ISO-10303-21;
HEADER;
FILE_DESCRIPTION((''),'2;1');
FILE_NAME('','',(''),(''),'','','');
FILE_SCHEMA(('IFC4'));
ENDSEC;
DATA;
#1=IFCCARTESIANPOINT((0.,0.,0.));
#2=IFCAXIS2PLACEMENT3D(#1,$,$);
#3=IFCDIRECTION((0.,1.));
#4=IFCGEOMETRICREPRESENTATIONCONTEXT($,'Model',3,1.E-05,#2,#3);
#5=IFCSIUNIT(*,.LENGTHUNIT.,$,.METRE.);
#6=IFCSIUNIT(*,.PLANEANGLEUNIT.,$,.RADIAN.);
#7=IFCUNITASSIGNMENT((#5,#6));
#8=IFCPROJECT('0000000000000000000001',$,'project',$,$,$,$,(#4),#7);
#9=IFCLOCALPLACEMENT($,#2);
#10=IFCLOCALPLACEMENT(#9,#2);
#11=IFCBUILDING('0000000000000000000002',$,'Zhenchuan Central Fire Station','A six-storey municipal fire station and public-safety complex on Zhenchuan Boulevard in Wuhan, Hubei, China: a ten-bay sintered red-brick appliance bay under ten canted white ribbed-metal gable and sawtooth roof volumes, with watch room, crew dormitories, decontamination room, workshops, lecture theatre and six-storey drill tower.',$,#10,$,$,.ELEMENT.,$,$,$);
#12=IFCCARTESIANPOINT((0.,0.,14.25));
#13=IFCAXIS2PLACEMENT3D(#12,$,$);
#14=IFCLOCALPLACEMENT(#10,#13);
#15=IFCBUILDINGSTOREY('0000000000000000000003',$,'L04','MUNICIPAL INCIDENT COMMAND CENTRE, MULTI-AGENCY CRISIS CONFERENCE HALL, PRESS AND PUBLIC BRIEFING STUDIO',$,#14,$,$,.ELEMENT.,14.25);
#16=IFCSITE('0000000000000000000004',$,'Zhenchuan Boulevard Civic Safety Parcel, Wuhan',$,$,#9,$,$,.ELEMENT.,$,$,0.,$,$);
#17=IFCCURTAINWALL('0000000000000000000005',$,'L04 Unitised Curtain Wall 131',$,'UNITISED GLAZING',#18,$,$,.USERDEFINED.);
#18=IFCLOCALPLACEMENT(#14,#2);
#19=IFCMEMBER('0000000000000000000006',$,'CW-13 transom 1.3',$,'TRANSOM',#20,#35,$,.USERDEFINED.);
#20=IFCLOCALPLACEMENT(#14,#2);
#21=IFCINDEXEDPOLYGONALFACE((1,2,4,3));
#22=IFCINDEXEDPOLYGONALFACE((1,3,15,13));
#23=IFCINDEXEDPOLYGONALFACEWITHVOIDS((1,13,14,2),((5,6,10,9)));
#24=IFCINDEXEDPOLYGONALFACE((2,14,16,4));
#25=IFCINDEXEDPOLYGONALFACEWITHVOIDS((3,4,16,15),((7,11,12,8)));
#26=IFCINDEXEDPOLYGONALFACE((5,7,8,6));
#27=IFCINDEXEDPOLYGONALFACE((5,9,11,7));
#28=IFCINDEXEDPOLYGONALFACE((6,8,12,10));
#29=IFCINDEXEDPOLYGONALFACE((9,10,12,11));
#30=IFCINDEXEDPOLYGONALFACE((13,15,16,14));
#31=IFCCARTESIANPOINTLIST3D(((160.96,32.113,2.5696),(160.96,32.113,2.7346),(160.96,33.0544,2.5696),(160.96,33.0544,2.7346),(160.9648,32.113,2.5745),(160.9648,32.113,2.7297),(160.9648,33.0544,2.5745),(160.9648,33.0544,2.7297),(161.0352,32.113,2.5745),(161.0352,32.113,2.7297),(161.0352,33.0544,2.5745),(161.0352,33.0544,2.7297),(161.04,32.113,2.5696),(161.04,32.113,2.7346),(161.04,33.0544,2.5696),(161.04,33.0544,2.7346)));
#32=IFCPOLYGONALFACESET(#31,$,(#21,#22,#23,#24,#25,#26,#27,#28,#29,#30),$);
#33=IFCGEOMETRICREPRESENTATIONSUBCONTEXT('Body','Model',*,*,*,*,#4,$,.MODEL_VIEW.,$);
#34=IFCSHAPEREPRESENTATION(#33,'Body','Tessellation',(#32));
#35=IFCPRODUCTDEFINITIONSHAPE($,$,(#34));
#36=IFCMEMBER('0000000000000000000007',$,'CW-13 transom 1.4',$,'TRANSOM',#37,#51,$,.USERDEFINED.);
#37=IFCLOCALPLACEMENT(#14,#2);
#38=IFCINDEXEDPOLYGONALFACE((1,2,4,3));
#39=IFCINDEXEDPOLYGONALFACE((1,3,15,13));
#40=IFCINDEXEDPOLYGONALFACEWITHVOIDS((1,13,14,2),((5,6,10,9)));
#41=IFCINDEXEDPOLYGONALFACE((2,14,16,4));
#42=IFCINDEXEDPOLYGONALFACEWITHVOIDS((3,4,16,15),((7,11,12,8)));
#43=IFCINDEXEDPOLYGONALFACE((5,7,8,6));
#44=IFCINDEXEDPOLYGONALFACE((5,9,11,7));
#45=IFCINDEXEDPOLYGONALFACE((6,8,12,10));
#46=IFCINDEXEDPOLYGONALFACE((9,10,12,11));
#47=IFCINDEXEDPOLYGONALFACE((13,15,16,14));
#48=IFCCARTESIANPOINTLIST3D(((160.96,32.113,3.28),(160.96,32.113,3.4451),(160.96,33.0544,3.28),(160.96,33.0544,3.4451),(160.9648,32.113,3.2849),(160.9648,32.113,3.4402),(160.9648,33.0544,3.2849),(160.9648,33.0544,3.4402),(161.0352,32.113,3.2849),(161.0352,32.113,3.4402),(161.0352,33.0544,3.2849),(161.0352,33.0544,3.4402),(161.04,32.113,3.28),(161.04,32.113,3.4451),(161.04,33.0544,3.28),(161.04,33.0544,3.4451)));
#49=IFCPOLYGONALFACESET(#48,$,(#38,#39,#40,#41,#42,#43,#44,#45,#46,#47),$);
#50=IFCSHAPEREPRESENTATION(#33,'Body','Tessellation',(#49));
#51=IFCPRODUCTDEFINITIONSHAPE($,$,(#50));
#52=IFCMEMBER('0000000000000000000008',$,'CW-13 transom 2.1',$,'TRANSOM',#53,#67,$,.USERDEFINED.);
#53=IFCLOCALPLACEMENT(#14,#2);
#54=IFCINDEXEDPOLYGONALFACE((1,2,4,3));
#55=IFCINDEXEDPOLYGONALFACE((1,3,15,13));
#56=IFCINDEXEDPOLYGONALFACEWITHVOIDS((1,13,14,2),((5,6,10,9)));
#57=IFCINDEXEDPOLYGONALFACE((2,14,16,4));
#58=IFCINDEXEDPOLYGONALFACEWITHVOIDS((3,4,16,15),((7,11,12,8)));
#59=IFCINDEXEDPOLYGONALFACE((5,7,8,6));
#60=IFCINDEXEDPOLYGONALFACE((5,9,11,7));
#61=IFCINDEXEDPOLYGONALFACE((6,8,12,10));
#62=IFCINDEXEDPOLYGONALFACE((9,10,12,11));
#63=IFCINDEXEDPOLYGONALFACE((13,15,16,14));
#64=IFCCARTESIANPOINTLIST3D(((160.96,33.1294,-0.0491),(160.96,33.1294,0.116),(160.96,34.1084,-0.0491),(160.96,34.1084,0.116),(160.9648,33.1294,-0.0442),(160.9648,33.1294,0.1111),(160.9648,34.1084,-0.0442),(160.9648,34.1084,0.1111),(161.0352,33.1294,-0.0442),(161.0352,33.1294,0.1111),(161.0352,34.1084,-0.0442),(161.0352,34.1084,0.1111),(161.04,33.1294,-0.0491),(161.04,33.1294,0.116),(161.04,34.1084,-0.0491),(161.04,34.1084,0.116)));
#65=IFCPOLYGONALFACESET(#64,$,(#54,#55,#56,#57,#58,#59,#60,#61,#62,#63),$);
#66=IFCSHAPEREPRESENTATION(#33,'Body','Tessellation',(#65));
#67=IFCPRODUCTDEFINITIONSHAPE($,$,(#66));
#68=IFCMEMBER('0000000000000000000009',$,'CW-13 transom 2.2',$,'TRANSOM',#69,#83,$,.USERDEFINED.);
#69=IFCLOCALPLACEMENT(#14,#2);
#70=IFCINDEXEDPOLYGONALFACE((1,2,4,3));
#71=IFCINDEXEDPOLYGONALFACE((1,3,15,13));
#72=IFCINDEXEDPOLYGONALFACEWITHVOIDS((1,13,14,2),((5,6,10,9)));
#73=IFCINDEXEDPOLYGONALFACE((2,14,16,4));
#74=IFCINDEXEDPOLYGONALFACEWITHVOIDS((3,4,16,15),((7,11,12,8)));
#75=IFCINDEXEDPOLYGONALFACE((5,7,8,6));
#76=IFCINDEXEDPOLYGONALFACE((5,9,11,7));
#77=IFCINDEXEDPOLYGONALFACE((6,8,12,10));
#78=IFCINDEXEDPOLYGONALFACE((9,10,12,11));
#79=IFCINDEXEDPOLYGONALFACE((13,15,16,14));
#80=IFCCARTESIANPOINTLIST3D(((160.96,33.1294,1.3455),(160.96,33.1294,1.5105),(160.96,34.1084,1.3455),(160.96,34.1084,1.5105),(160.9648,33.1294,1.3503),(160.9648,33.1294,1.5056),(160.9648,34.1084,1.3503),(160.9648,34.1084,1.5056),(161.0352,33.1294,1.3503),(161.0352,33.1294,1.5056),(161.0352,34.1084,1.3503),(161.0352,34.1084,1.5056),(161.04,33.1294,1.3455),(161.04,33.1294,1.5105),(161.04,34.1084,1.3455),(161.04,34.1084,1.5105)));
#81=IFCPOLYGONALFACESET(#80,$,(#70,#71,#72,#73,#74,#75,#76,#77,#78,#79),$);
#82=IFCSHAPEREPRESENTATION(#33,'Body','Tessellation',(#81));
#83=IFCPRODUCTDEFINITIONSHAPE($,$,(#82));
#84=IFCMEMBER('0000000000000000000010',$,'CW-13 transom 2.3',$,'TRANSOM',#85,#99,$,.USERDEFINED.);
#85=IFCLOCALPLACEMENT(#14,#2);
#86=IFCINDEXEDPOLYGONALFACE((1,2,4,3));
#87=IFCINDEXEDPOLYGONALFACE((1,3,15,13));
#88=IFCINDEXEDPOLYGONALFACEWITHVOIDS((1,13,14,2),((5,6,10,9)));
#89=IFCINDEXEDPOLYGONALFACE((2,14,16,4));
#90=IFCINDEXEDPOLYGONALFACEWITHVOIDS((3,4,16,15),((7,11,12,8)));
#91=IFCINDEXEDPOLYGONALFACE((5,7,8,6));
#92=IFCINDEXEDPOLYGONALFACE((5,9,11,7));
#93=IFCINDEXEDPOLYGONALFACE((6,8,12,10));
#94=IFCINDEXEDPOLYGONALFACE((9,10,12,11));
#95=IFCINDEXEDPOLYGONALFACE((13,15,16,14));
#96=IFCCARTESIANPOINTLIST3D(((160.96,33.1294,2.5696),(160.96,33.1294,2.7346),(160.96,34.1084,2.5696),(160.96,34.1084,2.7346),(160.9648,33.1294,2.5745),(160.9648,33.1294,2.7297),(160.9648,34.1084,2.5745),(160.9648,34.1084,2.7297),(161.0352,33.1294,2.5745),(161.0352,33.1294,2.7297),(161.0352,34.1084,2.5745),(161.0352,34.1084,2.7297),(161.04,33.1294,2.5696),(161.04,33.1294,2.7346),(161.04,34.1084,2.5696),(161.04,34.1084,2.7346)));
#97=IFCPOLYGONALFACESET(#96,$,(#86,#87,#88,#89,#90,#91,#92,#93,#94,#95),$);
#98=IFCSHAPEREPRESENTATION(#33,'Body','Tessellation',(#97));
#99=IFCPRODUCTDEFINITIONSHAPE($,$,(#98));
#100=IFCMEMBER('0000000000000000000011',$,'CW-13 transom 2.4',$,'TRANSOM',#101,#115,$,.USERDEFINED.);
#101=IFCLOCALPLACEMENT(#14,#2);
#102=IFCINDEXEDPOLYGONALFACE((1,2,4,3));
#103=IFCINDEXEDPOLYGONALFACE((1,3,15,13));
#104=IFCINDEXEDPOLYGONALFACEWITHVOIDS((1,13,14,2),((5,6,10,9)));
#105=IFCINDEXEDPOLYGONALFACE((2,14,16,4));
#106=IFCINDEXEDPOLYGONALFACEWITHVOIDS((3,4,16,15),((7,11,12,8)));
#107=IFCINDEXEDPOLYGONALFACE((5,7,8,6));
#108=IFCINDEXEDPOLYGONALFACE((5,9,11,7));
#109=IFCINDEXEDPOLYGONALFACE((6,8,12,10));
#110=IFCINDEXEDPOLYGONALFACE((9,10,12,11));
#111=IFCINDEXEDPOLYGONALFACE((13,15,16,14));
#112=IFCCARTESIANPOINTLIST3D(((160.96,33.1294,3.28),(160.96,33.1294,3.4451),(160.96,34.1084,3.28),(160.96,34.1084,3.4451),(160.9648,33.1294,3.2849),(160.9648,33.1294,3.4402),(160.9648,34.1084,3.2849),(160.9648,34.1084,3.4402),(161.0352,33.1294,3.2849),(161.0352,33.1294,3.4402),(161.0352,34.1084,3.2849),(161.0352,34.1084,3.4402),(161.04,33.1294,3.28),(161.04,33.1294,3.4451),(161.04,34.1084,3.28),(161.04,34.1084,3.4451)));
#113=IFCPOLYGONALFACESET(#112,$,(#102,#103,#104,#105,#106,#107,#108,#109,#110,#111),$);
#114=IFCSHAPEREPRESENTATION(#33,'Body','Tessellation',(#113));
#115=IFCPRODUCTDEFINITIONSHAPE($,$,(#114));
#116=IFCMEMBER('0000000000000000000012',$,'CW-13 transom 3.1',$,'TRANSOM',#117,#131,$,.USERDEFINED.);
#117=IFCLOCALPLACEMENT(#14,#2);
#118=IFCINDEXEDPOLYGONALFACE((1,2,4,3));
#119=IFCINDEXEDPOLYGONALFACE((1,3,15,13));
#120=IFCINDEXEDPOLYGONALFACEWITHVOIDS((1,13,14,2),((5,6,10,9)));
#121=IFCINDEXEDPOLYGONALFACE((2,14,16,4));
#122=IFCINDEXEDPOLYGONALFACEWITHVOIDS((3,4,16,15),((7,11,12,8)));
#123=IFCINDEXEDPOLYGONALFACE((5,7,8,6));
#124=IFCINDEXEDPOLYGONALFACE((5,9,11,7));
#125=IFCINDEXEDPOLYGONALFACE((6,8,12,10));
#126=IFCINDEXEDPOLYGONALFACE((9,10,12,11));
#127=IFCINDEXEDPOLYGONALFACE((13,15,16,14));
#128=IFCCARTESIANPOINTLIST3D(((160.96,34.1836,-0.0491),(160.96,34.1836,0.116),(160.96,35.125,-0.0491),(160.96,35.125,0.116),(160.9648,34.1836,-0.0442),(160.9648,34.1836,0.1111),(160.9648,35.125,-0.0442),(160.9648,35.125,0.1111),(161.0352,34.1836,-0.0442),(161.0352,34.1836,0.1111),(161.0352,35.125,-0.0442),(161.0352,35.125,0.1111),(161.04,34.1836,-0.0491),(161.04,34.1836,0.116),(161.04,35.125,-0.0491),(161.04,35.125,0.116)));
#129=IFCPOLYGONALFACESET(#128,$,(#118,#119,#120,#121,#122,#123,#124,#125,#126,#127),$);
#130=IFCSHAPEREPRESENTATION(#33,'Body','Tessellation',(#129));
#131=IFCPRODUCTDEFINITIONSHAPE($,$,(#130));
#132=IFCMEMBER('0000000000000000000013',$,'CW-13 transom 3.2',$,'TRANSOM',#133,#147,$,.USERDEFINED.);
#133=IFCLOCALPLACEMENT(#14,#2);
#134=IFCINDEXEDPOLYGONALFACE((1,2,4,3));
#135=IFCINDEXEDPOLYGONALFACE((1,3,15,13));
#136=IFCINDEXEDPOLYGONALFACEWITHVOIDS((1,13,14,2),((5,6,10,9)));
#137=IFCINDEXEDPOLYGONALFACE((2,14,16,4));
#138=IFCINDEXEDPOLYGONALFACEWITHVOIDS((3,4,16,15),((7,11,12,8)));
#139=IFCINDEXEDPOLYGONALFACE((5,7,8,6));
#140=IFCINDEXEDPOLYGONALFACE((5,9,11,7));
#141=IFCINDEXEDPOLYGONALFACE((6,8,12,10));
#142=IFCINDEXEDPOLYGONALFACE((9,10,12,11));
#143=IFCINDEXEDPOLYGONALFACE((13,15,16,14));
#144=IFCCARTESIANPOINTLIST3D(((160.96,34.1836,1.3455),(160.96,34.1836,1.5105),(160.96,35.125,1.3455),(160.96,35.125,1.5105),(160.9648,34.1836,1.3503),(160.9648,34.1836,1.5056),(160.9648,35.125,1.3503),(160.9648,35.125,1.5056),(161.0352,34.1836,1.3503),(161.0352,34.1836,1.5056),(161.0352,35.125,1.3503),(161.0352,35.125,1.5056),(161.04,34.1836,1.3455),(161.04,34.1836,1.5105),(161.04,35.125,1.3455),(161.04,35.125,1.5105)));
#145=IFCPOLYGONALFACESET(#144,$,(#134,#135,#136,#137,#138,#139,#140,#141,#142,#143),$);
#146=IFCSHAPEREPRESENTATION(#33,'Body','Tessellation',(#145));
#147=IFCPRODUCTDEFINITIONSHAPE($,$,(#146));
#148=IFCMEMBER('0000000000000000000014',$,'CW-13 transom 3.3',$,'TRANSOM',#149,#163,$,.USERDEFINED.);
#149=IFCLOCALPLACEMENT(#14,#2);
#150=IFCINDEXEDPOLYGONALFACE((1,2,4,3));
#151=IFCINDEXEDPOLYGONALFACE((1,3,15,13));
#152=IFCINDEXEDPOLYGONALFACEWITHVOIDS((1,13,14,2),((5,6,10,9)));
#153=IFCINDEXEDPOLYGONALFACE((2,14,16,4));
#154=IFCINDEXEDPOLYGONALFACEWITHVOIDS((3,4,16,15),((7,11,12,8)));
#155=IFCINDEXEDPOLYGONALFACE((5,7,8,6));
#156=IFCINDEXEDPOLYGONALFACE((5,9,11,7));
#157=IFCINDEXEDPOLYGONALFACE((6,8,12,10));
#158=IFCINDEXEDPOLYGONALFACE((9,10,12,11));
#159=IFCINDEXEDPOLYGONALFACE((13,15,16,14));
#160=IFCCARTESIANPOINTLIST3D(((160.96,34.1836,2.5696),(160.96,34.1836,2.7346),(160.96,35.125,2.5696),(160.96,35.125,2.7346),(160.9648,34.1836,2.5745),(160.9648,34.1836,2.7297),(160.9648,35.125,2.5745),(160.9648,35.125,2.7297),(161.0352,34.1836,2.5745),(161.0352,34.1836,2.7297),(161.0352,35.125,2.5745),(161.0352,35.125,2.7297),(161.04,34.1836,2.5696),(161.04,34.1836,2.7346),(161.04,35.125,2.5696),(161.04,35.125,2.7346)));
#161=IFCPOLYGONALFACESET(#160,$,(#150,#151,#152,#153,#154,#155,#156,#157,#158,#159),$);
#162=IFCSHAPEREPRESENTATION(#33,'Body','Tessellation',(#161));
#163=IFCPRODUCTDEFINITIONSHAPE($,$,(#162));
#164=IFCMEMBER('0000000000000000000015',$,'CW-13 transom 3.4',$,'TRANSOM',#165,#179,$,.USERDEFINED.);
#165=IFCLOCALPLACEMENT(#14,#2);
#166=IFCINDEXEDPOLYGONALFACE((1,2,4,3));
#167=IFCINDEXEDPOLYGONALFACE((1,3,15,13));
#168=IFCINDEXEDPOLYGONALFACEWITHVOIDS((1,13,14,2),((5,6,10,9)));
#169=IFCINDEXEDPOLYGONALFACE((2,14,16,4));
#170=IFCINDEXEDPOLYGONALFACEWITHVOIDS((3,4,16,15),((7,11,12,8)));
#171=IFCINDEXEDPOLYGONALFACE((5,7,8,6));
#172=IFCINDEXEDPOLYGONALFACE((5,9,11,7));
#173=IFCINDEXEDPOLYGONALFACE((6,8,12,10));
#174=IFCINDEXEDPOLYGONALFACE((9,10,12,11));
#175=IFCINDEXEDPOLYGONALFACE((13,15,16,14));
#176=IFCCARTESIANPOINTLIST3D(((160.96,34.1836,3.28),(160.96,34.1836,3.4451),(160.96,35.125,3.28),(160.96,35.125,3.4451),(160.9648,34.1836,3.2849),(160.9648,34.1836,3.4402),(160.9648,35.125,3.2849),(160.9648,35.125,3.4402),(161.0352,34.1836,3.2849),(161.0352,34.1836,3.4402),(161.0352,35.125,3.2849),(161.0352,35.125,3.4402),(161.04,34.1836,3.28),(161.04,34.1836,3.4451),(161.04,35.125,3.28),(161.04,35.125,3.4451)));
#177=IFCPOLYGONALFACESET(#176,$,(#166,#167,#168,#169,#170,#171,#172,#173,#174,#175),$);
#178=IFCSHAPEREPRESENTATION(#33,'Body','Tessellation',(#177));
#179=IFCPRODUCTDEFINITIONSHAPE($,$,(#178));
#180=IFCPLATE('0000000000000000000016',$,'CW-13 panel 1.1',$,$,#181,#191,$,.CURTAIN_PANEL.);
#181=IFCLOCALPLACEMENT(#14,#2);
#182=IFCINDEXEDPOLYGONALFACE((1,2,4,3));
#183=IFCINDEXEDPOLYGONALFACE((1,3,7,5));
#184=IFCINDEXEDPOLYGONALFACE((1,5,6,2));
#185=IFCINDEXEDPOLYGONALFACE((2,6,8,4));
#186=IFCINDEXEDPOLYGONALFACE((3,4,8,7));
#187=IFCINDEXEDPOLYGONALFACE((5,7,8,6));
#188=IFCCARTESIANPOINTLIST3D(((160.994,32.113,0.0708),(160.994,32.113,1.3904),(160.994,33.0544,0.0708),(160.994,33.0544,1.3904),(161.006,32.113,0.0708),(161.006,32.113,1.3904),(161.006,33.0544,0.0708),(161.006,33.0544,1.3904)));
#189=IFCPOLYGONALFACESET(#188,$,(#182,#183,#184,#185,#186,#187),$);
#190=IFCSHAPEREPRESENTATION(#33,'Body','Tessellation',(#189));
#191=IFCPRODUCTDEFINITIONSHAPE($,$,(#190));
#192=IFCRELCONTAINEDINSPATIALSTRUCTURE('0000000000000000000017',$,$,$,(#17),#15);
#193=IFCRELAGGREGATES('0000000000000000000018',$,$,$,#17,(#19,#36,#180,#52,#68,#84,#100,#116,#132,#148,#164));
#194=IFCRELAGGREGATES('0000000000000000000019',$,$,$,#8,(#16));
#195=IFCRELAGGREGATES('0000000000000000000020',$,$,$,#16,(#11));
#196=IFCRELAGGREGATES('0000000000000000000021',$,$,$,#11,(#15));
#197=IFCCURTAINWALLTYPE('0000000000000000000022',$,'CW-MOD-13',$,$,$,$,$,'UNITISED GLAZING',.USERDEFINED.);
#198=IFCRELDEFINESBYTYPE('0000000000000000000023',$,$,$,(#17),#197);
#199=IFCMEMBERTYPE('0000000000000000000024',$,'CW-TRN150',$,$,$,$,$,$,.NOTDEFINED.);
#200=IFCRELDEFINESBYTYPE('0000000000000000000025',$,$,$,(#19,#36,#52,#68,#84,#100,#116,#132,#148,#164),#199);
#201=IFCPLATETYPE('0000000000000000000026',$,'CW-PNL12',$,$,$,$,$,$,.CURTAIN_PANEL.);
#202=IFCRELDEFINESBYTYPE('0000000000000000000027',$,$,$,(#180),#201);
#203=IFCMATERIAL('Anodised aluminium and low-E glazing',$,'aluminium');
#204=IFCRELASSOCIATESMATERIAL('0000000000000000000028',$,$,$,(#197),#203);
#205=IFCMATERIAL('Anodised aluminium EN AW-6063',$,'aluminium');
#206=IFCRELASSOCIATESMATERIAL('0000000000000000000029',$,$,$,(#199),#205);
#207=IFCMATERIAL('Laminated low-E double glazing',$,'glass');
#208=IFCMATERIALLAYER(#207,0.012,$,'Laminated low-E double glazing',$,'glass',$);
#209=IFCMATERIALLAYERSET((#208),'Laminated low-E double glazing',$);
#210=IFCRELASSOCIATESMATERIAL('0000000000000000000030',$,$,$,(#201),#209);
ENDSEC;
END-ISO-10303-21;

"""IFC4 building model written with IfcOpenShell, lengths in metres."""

from ifc_helpers import new_model, si_unit, direction, frame, origin, origin_2d, place, context, subcontext, project, spatial, rectangle, hollow_rectangle, extrude, material, layer, layer_set, material_profile, profile_set, type_object, element, aggregate, save


model = new_model("IFC4")

# Units and contexts
model_context = context("Model", 3, precision=1e-05, world=origin(), true_north=direction((0.0, 1.0)))
body_context = subcontext(model_context, "Body", "Model", "MODEL_VIEW")
ifc_project = project(units=[si_unit("LENGTHUNIT", "METRE"), si_unit("PLANEANGLEUNIT", "RADIAN")], contexts=[model_context])

# Site, building, storey
site_placement = place(None, origin())
site = spatial("IfcSite", under=ifc_project, at=site_placement, Name="Zhenchuan Boulevard Civic Safety Parcel, Wuhan", CompositionType="ELEMENT", RefElevation=0.0)
building_placement = place(site_placement, origin())
building = spatial("IfcBuilding", under=site, at=building_placement, Name="Zhenchuan Central Fire Station", Description="A six-storey municipal fire station and public-safety complex on Zhenchuan Boulevard in Wuhan, Hubei, China: a ten-bay sintered red-brick appliance bay under ten canted white ribbed-metal gable and sawtooth roof volumes, with watch room, crew dormitories, decontamination room, workshops, lecture theatre and six-storey drill tower.", CompositionType="ELEMENT")
storey_placement = place(building_placement, frame((0.0, 0.0, 14.25)))
storey = spatial("IfcBuildingStorey", under=building, at=storey_placement, Name="L04", Description="MUNICIPAL INCIDENT COMMAND CENTRE, MULTI-AGENCY CRISIS CONFERENCE HALL, PRESS AND PUBLIC BRIEFING STUDIO", CompositionType="ELEMENT", Elevation=14.25)

# Curtain wall, members, plate
ifc_material_1 = material(Name="Anodised aluminium and low-E glazing", Category="aluminium")
curtain_wall_type = type_object("IfcCurtainWallType", Name="CW-MOD-13", ElementType="UNITISED GLAZING", PredefinedType="USERDEFINED", material=ifc_material_1)
curtain_wall_placement = place(storey_placement, origin())
curtain_wall = element("IfcCurtainWall", 1, at=curtain_wall_placement, inside=storey, type_object=curtain_wall_type, Name="L04 Unitised Curtain Wall 131", ObjectType="UNITISED GLAZING", PredefinedType="USERDEFINED")
ifc_material_2 = material(Name="Anodised aluminium EN AW-6063", Category="aluminium")
ifc_material_profile_1 = material_profile(ifc_material_2, hollow_rectangle(XDim=0.0801, YDim=0.165, WallThickness=0.0049, at=origin_2d()), Name="ALU-T 165x80")
ifc_profile_set_1 = profile_set([ifc_material_profile_1], Name="Anodised aluminium EN AW-6063")
member_type_1 = type_object("IfcMemberType", Name="CW-TRN150", PredefinedType="NOTDEFINED", material=ifc_profile_set_1)
member_1_placement = place(storey_placement, frame((161.0, 32.113, 2.6521), z_axis=(0.0, 1.0, 0.0), x_axis=(-1.0, 0.0, 0.0)))
member_1 = element("IfcMember", 2, at=member_1_placement, type_object=member_type_1, Name="CW-13 transom 1.3", ObjectType="TRANSOM", PredefinedType="USERDEFINED", context=body_context, shape_type="SweptSolid", body=[
    extrude(hollow_rectangle(XDim=0.0801, YDim=0.165, WallThickness=0.0049, at=origin_2d()), origin(), (0.0, 0.0, 1.0), 0.9414),
])
member_2_placement = place(storey_placement, frame((161.0, 32.113, 3.3625), z_axis=(0.0, 1.0, 0.0), x_axis=(-1.0, 0.0, 0.0)))
member_2 = element("IfcMember", 3, at=member_2_placement, type_object=member_type_1, Name="CW-13 transom 1.4", ObjectType="TRANSOM", PredefinedType="USERDEFINED", context=body_context, shape_type="SweptSolid", body=[
    extrude(hollow_rectangle(XDim=0.0801, YDim=0.165, WallThickness=0.0049, at=origin_2d()), origin(), (0.0, 0.0, 1.0), 0.9414),
])
member_3_placement = place(storey_placement, frame((161.0, 33.1294, 0.0334), z_axis=(0.0, 1.0, 0.0), x_axis=(-1.0, 0.0, 0.0)))
member_3 = element("IfcMember", 4, at=member_3_placement, type_object=member_type_1, Name="CW-13 transom 2.1", ObjectType="TRANSOM", PredefinedType="USERDEFINED", context=body_context, shape_type="SweptSolid", body=[
    extrude(hollow_rectangle(XDim=0.0801, YDim=0.165, WallThickness=0.0049, at=origin_2d()), origin(), (0.0, 0.0, 1.0), 0.979),
])
member_4_placement = place(storey_placement, frame((161.0, 33.1294, 1.428), z_axis=(0.0, 1.0, 0.0), x_axis=(-1.0, 0.0, 0.0)))
member_4 = element("IfcMember", 5, at=member_4_placement, type_object=member_type_1, Name="CW-13 transom 2.2", ObjectType="TRANSOM", PredefinedType="USERDEFINED", context=body_context, shape_type="SweptSolid", body=[
    extrude(hollow_rectangle(XDim=0.0801, YDim=0.165, WallThickness=0.0049, at=origin_2d()), origin(), (0.0, 0.0, 1.0), 0.979),
])
member_5_placement = place(storey_placement, frame((161.0, 33.1294, 2.6521), z_axis=(0.0, 1.0, 0.0), x_axis=(-1.0, 0.0, 0.0)))
member_5 = element("IfcMember", 6, at=member_5_placement, type_object=member_type_1, Name="CW-13 transom 2.3", ObjectType="TRANSOM", PredefinedType="USERDEFINED", context=body_context, shape_type="SweptSolid", body=[
    extrude(hollow_rectangle(XDim=0.0801, YDim=0.165, WallThickness=0.0049, at=origin_2d()), origin(), (0.0, 0.0, 1.0), 0.979),
])
member_6_placement = place(storey_placement, frame((161.0, 33.1294, 3.3625), z_axis=(0.0, 1.0, 0.0), x_axis=(-1.0, 0.0, 0.0)))
member_6 = element("IfcMember", 7, at=member_6_placement, type_object=member_type_1, Name="CW-13 transom 2.4", ObjectType="TRANSOM", PredefinedType="USERDEFINED", context=body_context, shape_type="SweptSolid", body=[
    extrude(hollow_rectangle(XDim=0.0801, YDim=0.165, WallThickness=0.0049, at=origin_2d()), origin(), (0.0, 0.0, 1.0), 0.979),
])
member_7_placement = place(storey_placement, frame((161.0, 34.1836, 0.0334), z_axis=(0.0, 1.0, 0.0), x_axis=(-1.0, 0.0, 0.0)))
member_7 = element("IfcMember", 8, at=member_7_placement, type_object=member_type_1, Name="CW-13 transom 3.1", ObjectType="TRANSOM", PredefinedType="USERDEFINED", context=body_context, shape_type="SweptSolid", body=[
    extrude(hollow_rectangle(XDim=0.0801, YDim=0.165, WallThickness=0.0049, at=origin_2d()), origin(), (0.0, 0.0, 1.0), 0.9414),
])
member_8_placement = place(storey_placement, frame((161.0, 34.1836, 1.428), z_axis=(0.0, 1.0, 0.0), x_axis=(-1.0, 0.0, 0.0)))
member_8 = element("IfcMember", 9, at=member_8_placement, type_object=member_type_1, Name="CW-13 transom 3.2", ObjectType="TRANSOM", PredefinedType="USERDEFINED", context=body_context, shape_type="SweptSolid", body=[
    extrude(hollow_rectangle(XDim=0.0801, YDim=0.165, WallThickness=0.0049, at=origin_2d()), origin(), (0.0, 0.0, 1.0), 0.9414),
])
member_9_placement = place(storey_placement, frame((161.0, 34.1836, 2.6521), z_axis=(0.0, 1.0, 0.0), x_axis=(-1.0, 0.0, 0.0)))
member_9 = element("IfcMember", 10, at=member_9_placement, type_object=member_type_1, Name="CW-13 transom 3.3", ObjectType="TRANSOM", PredefinedType="USERDEFINED", context=body_context, shape_type="SweptSolid", body=[
    extrude(hollow_rectangle(XDim=0.0801, YDim=0.165, WallThickness=0.0049, at=origin_2d()), origin(), (0.0, 0.0, 1.0), 0.9414),
])
member_10_placement = place(storey_placement, frame((161.0, 34.1836, 3.3625), z_axis=(0.0, 1.0, 0.0), x_axis=(-1.0, 0.0, 0.0)))
member_10 = element("IfcMember", 11, at=member_10_placement, type_object=member_type_1, Name="CW-13 transom 3.4", ObjectType="TRANSOM", PredefinedType="USERDEFINED", context=body_context, shape_type="SweptSolid", body=[
    extrude(hollow_rectangle(XDim=0.0801, YDim=0.165, WallThickness=0.0049, at=origin_2d()), origin(), (0.0, 0.0, 1.0), 0.9414),
])
ifc_material_3 = material(Name="Laminated low-E double glazing", Category="glass")
ifc_layer = layer(ifc_material_3, 0.012, Name="Laminated low-E double glazing", Category="glass")
ifc_layer_set = layer_set([ifc_layer], Name="Laminated low-E double glazing")
plate_type = type_object("IfcPlateType", Name="CW-PNL12", PredefinedType="CURTAIN_PANEL", material=ifc_layer_set)
plate_1_placement = place(storey_placement, frame((161.0, 32.5837, 0.0708), z_axis=(0.0, 0.0, 1.0), x_axis=(0.0, 1.0, 0.0)))
plate_1 = element("IfcPlate", 12, at=plate_1_placement, type_object=plate_type, Name="CW-13 panel 1.1", PredefinedType="CURTAIN_PANEL", context=body_context, shape_type="SweptSolid", body=[
    extrude(rectangle(XDim=0.9414, YDim=0.012, at=origin_2d()), origin(), (0.0, 0.0, 1.0), 1.3196),
])
aggregate(curtain_wall, [member_1, member_2, plate_1, member_3, member_4, member_5, member_6, member_7, member_8, member_9, member_10])

save(model, "model.ifc")
